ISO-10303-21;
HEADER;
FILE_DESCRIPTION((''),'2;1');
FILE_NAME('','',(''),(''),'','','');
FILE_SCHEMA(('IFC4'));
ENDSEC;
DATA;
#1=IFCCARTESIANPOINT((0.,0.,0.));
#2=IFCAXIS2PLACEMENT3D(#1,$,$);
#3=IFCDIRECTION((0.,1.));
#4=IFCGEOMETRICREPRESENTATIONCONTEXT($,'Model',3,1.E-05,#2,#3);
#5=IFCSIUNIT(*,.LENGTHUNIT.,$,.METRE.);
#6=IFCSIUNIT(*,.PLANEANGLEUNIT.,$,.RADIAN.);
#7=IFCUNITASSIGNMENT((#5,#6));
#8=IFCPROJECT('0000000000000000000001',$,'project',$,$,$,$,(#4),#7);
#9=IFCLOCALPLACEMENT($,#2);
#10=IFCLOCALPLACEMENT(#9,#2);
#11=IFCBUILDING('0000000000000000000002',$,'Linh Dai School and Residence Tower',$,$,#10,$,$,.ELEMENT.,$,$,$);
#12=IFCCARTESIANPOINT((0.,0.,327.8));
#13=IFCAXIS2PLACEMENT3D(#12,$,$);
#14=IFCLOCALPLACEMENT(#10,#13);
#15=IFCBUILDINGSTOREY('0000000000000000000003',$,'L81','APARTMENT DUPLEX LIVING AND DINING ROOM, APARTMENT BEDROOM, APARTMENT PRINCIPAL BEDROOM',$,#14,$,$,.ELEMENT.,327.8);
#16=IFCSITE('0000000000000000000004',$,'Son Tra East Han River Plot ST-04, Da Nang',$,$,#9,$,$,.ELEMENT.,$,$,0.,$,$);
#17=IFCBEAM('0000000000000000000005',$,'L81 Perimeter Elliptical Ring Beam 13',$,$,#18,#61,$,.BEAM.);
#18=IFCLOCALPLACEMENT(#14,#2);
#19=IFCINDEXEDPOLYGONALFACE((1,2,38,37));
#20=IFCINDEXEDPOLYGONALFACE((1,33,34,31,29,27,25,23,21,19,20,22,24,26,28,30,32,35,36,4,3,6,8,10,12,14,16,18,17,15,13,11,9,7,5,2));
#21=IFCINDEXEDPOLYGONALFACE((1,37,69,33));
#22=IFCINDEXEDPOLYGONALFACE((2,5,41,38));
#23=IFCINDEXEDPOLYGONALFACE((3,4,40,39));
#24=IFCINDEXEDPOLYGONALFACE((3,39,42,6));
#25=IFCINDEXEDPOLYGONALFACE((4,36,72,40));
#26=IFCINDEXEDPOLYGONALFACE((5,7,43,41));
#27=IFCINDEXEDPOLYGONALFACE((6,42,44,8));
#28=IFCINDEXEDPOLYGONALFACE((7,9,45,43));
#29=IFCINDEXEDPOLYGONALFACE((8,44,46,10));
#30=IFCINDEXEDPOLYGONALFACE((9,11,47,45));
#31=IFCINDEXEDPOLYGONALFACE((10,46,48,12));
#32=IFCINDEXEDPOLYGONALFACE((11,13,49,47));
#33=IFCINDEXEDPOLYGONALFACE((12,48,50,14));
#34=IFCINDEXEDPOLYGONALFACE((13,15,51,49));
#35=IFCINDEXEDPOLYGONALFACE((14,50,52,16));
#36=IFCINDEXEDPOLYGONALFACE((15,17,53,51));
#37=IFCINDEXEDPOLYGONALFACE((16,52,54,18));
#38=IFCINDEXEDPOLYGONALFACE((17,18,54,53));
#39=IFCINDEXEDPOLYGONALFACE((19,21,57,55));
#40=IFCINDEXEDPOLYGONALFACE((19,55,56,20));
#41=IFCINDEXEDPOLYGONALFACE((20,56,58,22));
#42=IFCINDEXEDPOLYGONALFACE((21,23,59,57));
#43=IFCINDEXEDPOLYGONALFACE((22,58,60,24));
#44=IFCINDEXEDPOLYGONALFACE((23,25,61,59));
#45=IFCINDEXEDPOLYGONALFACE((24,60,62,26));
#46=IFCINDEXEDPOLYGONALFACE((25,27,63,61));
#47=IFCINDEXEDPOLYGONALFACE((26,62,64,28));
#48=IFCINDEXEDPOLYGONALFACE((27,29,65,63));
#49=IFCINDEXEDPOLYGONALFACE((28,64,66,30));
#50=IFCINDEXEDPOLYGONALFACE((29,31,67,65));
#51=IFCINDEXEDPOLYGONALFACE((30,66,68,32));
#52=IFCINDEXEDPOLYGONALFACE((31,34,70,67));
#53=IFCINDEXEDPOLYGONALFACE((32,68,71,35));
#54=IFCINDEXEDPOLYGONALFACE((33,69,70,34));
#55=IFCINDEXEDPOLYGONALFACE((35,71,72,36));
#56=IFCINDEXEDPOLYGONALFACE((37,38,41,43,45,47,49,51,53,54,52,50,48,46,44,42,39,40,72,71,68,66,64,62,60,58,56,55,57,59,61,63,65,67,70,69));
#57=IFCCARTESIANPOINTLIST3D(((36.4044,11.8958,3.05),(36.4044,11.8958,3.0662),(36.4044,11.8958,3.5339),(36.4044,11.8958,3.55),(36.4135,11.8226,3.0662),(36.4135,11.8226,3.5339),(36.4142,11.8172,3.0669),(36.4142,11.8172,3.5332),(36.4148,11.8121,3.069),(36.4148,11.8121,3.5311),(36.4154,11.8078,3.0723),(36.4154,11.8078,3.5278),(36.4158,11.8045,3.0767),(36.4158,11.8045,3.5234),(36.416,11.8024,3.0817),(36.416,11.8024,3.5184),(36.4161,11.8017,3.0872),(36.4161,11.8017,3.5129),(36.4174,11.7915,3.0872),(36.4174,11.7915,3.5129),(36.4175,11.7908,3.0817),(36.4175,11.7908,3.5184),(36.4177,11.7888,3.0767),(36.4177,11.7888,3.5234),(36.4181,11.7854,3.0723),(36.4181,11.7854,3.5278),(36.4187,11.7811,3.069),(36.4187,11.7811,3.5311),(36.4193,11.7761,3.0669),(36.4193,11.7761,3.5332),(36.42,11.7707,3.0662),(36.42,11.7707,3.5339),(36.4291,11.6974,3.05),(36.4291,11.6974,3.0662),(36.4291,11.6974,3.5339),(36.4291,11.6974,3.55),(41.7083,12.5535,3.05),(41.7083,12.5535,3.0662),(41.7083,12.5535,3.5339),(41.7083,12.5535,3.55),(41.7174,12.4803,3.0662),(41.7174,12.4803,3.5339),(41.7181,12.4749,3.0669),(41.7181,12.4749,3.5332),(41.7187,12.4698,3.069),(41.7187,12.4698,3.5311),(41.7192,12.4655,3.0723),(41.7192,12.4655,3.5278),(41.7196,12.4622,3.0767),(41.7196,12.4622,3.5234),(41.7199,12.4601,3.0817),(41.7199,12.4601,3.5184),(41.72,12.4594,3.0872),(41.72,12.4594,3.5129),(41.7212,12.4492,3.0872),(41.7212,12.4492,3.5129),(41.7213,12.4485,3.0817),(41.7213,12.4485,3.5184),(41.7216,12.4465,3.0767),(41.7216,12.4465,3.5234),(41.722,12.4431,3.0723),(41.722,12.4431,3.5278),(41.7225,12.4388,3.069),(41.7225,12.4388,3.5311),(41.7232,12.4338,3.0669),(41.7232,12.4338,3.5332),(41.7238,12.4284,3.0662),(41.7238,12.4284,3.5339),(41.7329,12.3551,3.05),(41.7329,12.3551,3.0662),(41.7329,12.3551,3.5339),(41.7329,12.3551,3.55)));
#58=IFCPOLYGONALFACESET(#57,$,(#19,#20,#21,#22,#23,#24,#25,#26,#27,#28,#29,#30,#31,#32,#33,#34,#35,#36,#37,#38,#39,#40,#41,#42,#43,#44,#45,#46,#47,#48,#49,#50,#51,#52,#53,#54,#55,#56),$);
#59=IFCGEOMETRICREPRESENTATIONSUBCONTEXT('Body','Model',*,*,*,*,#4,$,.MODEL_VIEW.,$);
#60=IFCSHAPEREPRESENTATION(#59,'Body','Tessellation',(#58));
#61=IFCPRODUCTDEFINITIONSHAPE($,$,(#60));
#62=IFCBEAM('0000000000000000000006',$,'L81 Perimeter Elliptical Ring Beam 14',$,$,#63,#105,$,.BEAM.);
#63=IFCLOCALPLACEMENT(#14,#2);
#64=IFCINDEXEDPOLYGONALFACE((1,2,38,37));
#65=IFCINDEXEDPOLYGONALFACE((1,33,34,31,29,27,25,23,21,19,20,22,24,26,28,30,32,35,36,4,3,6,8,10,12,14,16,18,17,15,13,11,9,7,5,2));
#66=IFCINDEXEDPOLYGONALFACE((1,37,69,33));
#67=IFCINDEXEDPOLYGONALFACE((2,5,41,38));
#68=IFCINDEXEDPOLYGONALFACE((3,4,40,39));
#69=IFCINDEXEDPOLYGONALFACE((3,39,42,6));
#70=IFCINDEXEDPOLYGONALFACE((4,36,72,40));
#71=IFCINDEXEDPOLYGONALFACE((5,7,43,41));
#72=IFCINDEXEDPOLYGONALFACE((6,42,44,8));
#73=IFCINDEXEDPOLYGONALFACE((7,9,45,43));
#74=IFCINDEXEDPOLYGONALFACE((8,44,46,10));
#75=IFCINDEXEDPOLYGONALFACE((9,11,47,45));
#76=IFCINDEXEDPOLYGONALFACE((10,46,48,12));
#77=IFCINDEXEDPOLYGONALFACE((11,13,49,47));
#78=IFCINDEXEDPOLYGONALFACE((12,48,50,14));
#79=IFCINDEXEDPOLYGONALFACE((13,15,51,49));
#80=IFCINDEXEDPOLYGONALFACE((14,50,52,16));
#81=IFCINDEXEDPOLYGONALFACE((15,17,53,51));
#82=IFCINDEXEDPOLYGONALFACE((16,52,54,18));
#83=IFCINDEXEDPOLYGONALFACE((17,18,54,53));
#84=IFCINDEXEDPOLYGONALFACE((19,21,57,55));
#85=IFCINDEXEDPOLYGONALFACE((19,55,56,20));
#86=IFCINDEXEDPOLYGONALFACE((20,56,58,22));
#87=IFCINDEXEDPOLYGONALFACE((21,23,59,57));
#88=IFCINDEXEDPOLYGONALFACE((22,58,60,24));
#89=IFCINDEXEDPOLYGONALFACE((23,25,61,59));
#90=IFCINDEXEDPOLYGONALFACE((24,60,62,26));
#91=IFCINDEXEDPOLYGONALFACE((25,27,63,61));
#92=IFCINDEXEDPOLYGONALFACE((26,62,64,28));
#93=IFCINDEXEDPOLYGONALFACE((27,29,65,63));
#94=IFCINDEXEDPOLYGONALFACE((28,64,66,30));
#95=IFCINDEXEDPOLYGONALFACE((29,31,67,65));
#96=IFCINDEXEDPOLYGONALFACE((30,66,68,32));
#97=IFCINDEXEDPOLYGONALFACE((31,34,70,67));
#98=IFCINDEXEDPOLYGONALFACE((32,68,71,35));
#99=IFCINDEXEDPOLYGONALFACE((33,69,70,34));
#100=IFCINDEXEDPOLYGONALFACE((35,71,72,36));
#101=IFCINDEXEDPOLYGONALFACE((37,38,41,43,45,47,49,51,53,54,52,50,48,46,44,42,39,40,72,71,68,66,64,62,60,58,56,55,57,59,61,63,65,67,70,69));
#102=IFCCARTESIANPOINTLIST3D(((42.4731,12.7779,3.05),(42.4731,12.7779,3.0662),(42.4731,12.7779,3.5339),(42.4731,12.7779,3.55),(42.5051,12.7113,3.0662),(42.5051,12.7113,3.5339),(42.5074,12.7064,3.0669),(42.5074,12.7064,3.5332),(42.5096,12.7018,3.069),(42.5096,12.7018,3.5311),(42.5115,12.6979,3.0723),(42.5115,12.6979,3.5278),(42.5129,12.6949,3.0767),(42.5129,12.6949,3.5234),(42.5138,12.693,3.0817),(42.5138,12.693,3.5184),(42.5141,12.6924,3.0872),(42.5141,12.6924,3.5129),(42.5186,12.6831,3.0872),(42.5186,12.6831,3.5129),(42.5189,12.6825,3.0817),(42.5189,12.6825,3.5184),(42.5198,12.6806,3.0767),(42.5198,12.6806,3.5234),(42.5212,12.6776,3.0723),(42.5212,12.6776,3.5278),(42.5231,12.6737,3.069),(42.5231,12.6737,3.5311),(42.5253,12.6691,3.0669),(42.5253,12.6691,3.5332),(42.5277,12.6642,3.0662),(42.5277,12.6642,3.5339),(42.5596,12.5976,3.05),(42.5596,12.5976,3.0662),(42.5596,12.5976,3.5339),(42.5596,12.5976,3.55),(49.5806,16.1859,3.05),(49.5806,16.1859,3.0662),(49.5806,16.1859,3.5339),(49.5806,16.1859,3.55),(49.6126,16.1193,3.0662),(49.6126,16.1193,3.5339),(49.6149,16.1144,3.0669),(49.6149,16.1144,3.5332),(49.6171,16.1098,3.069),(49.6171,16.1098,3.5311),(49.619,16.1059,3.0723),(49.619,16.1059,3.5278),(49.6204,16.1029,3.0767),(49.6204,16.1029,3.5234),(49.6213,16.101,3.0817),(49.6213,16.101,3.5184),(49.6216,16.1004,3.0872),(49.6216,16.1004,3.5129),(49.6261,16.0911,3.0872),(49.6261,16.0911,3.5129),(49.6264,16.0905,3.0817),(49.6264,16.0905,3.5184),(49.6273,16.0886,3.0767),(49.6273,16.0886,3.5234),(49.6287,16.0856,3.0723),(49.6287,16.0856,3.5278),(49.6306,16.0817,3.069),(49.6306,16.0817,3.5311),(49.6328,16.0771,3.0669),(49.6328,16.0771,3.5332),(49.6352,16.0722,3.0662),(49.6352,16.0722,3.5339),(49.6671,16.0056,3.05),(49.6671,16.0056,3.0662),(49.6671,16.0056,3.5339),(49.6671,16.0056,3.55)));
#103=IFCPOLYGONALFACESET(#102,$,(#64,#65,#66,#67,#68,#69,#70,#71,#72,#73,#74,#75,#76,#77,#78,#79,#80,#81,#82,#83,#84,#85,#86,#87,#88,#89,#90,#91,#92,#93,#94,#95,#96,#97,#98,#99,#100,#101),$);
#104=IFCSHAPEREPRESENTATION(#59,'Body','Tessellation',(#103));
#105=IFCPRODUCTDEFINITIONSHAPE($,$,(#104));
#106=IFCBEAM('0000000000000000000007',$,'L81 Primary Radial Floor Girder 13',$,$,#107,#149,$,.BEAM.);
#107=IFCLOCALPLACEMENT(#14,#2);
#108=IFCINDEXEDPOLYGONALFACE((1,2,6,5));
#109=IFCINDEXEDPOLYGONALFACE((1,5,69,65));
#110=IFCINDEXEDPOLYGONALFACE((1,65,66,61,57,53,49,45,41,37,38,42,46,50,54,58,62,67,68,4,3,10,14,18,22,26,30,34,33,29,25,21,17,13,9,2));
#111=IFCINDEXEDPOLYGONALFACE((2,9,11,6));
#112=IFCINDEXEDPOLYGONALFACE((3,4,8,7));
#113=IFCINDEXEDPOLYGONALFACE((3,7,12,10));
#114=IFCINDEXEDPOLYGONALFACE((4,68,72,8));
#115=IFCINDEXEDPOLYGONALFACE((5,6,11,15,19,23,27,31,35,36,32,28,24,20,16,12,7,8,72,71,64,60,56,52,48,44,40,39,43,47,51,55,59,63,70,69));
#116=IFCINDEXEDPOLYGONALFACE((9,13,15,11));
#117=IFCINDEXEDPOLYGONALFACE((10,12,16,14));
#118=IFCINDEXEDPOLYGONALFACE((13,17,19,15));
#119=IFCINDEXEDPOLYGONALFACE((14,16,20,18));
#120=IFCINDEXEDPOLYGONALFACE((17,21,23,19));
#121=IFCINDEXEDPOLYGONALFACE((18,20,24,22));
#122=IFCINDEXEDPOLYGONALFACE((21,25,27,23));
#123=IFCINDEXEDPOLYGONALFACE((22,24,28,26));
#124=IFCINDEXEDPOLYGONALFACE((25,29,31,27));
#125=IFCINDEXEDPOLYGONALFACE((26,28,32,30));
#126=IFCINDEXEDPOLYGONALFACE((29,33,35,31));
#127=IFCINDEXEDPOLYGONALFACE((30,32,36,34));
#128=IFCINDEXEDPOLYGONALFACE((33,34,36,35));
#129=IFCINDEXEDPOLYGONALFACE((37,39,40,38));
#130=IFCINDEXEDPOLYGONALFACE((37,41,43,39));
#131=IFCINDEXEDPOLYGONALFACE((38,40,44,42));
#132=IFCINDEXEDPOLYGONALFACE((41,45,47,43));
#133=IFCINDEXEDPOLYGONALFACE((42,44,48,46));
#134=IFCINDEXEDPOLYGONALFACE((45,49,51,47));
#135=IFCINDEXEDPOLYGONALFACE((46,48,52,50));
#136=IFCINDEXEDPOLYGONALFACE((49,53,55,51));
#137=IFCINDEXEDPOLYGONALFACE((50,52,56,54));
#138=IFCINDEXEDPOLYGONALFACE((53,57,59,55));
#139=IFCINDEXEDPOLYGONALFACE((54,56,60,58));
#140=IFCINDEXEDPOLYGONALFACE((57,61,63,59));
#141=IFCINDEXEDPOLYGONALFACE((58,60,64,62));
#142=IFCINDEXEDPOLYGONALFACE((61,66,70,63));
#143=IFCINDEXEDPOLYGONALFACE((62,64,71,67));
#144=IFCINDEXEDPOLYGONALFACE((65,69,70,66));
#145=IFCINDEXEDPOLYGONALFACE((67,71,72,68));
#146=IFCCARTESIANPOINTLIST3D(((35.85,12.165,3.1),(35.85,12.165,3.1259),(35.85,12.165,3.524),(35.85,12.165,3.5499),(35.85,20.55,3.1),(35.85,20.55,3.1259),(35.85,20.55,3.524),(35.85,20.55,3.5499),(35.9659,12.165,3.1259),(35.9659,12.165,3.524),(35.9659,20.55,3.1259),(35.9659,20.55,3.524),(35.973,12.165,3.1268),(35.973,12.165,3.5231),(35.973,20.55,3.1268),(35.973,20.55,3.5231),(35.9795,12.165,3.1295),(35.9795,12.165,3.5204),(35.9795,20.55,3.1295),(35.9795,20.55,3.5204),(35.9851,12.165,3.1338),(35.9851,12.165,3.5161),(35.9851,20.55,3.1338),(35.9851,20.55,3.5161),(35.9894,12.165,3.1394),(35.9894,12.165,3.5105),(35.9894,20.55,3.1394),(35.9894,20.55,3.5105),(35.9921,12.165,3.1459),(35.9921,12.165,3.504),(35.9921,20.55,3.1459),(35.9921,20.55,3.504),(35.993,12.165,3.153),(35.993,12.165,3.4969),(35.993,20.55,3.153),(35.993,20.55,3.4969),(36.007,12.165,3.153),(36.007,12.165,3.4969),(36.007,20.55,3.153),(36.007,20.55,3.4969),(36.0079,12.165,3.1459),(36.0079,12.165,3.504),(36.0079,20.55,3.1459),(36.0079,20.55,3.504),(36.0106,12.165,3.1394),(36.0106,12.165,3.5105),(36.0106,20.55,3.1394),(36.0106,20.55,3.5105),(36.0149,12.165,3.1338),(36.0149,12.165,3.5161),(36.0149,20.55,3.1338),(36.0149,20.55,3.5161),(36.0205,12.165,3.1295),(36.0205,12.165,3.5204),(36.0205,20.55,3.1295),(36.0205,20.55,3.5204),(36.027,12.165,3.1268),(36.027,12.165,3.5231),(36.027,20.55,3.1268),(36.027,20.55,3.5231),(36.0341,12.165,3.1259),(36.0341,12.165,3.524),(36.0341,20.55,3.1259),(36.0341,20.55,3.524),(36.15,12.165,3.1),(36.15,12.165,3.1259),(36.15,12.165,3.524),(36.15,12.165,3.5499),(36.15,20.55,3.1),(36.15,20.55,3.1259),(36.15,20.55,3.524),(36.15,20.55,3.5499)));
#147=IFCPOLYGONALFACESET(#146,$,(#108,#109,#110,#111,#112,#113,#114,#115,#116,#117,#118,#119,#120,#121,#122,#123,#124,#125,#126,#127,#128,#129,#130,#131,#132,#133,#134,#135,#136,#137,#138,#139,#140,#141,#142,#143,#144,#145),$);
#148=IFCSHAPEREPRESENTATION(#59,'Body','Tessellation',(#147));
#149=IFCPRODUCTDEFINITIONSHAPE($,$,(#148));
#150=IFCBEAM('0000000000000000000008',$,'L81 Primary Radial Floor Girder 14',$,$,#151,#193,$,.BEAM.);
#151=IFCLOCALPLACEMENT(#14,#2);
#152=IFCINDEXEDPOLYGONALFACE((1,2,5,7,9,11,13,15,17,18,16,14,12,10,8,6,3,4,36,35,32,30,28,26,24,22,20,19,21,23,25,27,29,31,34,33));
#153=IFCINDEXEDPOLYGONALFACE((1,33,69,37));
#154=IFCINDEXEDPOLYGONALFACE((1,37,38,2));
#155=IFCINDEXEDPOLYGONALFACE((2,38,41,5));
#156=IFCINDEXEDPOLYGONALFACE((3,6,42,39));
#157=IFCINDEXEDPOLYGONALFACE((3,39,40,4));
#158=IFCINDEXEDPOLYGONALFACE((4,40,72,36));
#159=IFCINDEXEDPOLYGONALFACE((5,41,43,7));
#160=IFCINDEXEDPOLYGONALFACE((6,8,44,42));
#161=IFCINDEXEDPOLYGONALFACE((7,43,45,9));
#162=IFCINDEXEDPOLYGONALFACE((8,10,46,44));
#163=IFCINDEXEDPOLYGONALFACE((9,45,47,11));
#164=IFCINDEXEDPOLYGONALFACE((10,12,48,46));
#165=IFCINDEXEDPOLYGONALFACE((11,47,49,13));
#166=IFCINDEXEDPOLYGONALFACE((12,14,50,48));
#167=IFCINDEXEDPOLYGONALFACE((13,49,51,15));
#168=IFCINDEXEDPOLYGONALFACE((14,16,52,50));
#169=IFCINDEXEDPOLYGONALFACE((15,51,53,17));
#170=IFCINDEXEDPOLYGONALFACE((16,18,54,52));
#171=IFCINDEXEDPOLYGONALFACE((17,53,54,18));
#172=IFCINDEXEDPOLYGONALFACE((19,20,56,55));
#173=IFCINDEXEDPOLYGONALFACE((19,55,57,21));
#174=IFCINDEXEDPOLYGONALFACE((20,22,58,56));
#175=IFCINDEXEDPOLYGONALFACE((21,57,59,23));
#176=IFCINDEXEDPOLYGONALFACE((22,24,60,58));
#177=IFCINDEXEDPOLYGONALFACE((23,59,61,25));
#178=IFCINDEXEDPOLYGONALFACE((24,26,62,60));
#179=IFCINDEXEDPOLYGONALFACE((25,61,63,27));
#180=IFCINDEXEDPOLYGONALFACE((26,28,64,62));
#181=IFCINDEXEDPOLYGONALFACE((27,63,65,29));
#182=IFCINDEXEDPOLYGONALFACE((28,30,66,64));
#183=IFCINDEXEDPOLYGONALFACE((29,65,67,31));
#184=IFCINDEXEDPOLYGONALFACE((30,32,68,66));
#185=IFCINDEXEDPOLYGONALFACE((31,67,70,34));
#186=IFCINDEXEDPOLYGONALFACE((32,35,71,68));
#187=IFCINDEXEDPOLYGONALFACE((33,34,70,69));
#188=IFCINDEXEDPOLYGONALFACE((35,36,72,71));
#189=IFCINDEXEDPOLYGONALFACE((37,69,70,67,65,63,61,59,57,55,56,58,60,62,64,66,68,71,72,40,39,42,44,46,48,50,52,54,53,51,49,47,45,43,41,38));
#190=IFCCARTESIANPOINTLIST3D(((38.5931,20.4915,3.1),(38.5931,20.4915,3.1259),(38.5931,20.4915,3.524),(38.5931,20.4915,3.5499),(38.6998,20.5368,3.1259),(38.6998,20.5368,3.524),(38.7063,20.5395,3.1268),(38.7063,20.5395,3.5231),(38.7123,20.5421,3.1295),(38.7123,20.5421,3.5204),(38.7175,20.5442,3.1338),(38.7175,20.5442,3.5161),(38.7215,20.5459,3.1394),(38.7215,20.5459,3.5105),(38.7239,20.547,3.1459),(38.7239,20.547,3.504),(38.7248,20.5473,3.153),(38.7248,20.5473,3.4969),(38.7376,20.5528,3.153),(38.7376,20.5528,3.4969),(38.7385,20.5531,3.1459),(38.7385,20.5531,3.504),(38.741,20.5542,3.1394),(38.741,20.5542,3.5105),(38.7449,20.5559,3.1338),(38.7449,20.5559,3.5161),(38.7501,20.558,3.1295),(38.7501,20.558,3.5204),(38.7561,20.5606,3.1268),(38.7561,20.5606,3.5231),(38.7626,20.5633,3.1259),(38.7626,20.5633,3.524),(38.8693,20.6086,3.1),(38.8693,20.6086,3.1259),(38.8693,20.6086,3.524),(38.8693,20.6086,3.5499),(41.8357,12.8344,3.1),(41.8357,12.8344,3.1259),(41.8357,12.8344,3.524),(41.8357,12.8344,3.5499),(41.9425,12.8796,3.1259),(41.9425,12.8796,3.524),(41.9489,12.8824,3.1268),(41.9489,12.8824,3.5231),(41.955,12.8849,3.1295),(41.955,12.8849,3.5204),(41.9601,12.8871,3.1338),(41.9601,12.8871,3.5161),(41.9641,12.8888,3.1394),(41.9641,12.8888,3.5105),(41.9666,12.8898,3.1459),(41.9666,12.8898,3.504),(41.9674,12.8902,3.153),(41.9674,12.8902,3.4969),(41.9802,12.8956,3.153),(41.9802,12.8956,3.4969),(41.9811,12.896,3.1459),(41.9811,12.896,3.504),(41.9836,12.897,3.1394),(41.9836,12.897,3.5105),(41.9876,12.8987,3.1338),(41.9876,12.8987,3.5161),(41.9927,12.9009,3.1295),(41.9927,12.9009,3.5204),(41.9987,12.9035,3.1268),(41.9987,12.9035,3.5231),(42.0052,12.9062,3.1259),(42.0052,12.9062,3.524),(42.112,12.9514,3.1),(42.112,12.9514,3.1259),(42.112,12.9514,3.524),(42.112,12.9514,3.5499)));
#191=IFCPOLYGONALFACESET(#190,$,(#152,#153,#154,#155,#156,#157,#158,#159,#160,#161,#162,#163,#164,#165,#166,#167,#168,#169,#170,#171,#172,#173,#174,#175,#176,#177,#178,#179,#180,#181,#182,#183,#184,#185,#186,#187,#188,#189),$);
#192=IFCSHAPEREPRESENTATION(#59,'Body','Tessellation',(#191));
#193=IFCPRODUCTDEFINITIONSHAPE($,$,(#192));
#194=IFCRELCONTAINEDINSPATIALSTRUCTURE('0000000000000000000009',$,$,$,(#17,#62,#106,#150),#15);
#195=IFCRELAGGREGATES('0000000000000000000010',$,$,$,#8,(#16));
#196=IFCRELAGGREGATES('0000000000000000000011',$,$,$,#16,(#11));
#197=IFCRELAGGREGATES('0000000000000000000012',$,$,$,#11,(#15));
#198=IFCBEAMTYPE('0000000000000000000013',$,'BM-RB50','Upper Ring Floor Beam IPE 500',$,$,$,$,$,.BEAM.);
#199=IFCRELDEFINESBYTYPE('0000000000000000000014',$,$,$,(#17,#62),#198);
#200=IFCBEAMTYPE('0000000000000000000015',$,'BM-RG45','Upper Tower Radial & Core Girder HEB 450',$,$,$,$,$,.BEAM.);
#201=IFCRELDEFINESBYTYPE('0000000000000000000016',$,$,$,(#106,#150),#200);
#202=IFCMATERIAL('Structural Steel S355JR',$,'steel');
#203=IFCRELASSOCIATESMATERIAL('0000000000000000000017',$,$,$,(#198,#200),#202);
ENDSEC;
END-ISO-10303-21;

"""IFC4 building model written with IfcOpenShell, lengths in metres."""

from ifc_helpers import new_model, si_unit, direction, frame, origin, origin_2d, place, context, subcontext, project, spatial, i_section, extrude, material, material_profile, profile_set, type_object, element, save


model = new_model("IFC4")

# Units and contexts
model_context = context("Model", 3, precision=1e-05, world=origin(), true_north=direction((0.0, 1.0)))
body_context = subcontext(model_context, "Body", "Model", "MODEL_VIEW")
ifc_project = project(units=[si_unit("LENGTHUNIT", "METRE"), si_unit("PLANEANGLEUNIT", "RADIAN")], contexts=[model_context])

# Site, building, storey
site_placement = place(None, origin())
site = spatial("IfcSite", under=ifc_project, at=site_placement, Name="Son Tra East Han River Plot ST-04, Da Nang", CompositionType="ELEMENT", RefElevation=0.0)
building_placement = place(site_placement, origin())
building = spatial("IfcBuilding", under=site, at=building_placement, Name="Linh Dai School and Residence Tower", CompositionType="ELEMENT")
storey_placement = place(building_placement, frame((0.0, 0.0, 327.8)))
storey = spatial("IfcBuildingStorey", under=building, at=storey_placement, Name="L81", Description="APARTMENT DUPLEX LIVING AND DINING ROOM, APARTMENT BEDROOM, APARTMENT PRINCIPAL BEDROOM", CompositionType="ELEMENT", Elevation=327.8)

# Shared definitions
ifc_material_1 = material(Name="Structural Steel S355JR", Category="steel")

# Beams
ifc_material_profile_1 = material_profile(ifc_material_1, i_section(OverallWidth=0.2, OverallDepth=0.5, WebThickness=0.0103, FlangeThickness=0.0161, FilletRadius=0.021, at=origin_2d()), Name="IPE 500")
ifc_profile_set_1 = profile_set([ifc_material_profile_1], Name="Structural Steel S355JR")
beam_type_1 = type_object("IfcBeamType", Name="BM-RB50", Description="Upper Ring Floor Beam IPE 500", PredefinedType="BEAM", material=ifc_profile_set_1)
beam_1_placement = place(storey_placement, frame((36.4167, 11.7966, 3.3), z_axis=(0.992399, 0.123062, 0.0), x_axis=(-0.123062, 0.992399, 0.0)))
element("IfcBeam", 1, at=beam_1_placement, inside=storey, type_object=beam_type_1, Name="L81 Perimeter Elliptical Ring Beam 13", PredefinedType="BEAM", context=body_context, shape_type="SweptSolid", body=[
    extrude(i_section(OverallWidth=0.2, OverallDepth=0.5, WebThickness=0.0103, FlangeThickness=0.0161, FilletRadius=0.021, at=origin_2d()), origin(), (0.0, 0.0, 1.0), 5.3445),
])
beam_2_placement = place(storey_placement, frame((42.5164, 12.6877, 3.3), z_axis=(0.901701, 0.432359, 0.0), x_axis=(-0.432359, 0.901701, 0.0)))
element("IfcBeam", 2, at=beam_2_placement, inside=storey, type_object=beam_type_1, Name="L81 Perimeter Elliptical Ring Beam 14", PredefinedType="BEAM", context=body_context, shape_type="SweptSolid", body=[
    extrude(i_section(OverallWidth=0.2, OverallDepth=0.5, WebThickness=0.0103, FlangeThickness=0.0161, FilletRadius=0.021, at=origin_2d()), origin(), (0.0, 0.0, 1.0), 7.8823),
])
ifc_material_profile_2 = material_profile(ifc_material_1, i_section(OverallWidth=0.3, OverallDepth=0.45, WebThickness=0.0139, FlangeThickness=0.0259, FilletRadius=0.0271, at=origin_2d()), Name="HEB 450")
ifc_profile_set_2 = profile_set([ifc_material_profile_2], Name="Structural Steel S355JR")
beam_type_2 = type_object("IfcBeamType", Name="BM-RG45", Description="Upper Tower Radial & Core Girder HEB 450", PredefinedType="BEAM", material=ifc_profile_set_2)
beam_3_placement = place(storey_placement, frame((36.0, 20.55, 3.325), z_axis=(0.0, -1.0, 0.0), x_axis=(1.0, 0.0, 0.0)))
element("IfcBeam", 3, at=beam_3_placement, inside=storey, type_object=beam_type_2, Name="L81 Primary Radial Floor Girder 13", PredefinedType="BEAM", context=body_context, shape_type="SweptSolid", body=[
    extrude(i_section(OverallWidth=0.3, OverallDepth=0.45, WebThickness=0.0139, FlangeThickness=0.0259, FilletRadius=0.0271, at=origin_2d()), origin(), (0.0, 0.0, 1.0), 8.385),
])
beam_4_placement = place(storey_placement, frame((38.7312, 20.55, 3.325), z_axis=(0.389954, -0.920834, 0.0), x_axis=(0.920834, 0.389954, 0.0)))
element("IfcBeam", 4, at=beam_4_placement, inside=storey, type_object=beam_type_2, Name="L81 Primary Radial Floor Girder 14", PredefinedType="BEAM", context=body_context, shape_type="SweptSolid", body=[
    extrude(i_section(OverallWidth=0.3, OverallDepth=0.45, WebThickness=0.0139, FlangeThickness=0.0259, FilletRadius=0.0271, at=origin_2d()), origin(), (0.0, 0.0, 1.0), 8.3154),
])

save(model, "model.ifc")
